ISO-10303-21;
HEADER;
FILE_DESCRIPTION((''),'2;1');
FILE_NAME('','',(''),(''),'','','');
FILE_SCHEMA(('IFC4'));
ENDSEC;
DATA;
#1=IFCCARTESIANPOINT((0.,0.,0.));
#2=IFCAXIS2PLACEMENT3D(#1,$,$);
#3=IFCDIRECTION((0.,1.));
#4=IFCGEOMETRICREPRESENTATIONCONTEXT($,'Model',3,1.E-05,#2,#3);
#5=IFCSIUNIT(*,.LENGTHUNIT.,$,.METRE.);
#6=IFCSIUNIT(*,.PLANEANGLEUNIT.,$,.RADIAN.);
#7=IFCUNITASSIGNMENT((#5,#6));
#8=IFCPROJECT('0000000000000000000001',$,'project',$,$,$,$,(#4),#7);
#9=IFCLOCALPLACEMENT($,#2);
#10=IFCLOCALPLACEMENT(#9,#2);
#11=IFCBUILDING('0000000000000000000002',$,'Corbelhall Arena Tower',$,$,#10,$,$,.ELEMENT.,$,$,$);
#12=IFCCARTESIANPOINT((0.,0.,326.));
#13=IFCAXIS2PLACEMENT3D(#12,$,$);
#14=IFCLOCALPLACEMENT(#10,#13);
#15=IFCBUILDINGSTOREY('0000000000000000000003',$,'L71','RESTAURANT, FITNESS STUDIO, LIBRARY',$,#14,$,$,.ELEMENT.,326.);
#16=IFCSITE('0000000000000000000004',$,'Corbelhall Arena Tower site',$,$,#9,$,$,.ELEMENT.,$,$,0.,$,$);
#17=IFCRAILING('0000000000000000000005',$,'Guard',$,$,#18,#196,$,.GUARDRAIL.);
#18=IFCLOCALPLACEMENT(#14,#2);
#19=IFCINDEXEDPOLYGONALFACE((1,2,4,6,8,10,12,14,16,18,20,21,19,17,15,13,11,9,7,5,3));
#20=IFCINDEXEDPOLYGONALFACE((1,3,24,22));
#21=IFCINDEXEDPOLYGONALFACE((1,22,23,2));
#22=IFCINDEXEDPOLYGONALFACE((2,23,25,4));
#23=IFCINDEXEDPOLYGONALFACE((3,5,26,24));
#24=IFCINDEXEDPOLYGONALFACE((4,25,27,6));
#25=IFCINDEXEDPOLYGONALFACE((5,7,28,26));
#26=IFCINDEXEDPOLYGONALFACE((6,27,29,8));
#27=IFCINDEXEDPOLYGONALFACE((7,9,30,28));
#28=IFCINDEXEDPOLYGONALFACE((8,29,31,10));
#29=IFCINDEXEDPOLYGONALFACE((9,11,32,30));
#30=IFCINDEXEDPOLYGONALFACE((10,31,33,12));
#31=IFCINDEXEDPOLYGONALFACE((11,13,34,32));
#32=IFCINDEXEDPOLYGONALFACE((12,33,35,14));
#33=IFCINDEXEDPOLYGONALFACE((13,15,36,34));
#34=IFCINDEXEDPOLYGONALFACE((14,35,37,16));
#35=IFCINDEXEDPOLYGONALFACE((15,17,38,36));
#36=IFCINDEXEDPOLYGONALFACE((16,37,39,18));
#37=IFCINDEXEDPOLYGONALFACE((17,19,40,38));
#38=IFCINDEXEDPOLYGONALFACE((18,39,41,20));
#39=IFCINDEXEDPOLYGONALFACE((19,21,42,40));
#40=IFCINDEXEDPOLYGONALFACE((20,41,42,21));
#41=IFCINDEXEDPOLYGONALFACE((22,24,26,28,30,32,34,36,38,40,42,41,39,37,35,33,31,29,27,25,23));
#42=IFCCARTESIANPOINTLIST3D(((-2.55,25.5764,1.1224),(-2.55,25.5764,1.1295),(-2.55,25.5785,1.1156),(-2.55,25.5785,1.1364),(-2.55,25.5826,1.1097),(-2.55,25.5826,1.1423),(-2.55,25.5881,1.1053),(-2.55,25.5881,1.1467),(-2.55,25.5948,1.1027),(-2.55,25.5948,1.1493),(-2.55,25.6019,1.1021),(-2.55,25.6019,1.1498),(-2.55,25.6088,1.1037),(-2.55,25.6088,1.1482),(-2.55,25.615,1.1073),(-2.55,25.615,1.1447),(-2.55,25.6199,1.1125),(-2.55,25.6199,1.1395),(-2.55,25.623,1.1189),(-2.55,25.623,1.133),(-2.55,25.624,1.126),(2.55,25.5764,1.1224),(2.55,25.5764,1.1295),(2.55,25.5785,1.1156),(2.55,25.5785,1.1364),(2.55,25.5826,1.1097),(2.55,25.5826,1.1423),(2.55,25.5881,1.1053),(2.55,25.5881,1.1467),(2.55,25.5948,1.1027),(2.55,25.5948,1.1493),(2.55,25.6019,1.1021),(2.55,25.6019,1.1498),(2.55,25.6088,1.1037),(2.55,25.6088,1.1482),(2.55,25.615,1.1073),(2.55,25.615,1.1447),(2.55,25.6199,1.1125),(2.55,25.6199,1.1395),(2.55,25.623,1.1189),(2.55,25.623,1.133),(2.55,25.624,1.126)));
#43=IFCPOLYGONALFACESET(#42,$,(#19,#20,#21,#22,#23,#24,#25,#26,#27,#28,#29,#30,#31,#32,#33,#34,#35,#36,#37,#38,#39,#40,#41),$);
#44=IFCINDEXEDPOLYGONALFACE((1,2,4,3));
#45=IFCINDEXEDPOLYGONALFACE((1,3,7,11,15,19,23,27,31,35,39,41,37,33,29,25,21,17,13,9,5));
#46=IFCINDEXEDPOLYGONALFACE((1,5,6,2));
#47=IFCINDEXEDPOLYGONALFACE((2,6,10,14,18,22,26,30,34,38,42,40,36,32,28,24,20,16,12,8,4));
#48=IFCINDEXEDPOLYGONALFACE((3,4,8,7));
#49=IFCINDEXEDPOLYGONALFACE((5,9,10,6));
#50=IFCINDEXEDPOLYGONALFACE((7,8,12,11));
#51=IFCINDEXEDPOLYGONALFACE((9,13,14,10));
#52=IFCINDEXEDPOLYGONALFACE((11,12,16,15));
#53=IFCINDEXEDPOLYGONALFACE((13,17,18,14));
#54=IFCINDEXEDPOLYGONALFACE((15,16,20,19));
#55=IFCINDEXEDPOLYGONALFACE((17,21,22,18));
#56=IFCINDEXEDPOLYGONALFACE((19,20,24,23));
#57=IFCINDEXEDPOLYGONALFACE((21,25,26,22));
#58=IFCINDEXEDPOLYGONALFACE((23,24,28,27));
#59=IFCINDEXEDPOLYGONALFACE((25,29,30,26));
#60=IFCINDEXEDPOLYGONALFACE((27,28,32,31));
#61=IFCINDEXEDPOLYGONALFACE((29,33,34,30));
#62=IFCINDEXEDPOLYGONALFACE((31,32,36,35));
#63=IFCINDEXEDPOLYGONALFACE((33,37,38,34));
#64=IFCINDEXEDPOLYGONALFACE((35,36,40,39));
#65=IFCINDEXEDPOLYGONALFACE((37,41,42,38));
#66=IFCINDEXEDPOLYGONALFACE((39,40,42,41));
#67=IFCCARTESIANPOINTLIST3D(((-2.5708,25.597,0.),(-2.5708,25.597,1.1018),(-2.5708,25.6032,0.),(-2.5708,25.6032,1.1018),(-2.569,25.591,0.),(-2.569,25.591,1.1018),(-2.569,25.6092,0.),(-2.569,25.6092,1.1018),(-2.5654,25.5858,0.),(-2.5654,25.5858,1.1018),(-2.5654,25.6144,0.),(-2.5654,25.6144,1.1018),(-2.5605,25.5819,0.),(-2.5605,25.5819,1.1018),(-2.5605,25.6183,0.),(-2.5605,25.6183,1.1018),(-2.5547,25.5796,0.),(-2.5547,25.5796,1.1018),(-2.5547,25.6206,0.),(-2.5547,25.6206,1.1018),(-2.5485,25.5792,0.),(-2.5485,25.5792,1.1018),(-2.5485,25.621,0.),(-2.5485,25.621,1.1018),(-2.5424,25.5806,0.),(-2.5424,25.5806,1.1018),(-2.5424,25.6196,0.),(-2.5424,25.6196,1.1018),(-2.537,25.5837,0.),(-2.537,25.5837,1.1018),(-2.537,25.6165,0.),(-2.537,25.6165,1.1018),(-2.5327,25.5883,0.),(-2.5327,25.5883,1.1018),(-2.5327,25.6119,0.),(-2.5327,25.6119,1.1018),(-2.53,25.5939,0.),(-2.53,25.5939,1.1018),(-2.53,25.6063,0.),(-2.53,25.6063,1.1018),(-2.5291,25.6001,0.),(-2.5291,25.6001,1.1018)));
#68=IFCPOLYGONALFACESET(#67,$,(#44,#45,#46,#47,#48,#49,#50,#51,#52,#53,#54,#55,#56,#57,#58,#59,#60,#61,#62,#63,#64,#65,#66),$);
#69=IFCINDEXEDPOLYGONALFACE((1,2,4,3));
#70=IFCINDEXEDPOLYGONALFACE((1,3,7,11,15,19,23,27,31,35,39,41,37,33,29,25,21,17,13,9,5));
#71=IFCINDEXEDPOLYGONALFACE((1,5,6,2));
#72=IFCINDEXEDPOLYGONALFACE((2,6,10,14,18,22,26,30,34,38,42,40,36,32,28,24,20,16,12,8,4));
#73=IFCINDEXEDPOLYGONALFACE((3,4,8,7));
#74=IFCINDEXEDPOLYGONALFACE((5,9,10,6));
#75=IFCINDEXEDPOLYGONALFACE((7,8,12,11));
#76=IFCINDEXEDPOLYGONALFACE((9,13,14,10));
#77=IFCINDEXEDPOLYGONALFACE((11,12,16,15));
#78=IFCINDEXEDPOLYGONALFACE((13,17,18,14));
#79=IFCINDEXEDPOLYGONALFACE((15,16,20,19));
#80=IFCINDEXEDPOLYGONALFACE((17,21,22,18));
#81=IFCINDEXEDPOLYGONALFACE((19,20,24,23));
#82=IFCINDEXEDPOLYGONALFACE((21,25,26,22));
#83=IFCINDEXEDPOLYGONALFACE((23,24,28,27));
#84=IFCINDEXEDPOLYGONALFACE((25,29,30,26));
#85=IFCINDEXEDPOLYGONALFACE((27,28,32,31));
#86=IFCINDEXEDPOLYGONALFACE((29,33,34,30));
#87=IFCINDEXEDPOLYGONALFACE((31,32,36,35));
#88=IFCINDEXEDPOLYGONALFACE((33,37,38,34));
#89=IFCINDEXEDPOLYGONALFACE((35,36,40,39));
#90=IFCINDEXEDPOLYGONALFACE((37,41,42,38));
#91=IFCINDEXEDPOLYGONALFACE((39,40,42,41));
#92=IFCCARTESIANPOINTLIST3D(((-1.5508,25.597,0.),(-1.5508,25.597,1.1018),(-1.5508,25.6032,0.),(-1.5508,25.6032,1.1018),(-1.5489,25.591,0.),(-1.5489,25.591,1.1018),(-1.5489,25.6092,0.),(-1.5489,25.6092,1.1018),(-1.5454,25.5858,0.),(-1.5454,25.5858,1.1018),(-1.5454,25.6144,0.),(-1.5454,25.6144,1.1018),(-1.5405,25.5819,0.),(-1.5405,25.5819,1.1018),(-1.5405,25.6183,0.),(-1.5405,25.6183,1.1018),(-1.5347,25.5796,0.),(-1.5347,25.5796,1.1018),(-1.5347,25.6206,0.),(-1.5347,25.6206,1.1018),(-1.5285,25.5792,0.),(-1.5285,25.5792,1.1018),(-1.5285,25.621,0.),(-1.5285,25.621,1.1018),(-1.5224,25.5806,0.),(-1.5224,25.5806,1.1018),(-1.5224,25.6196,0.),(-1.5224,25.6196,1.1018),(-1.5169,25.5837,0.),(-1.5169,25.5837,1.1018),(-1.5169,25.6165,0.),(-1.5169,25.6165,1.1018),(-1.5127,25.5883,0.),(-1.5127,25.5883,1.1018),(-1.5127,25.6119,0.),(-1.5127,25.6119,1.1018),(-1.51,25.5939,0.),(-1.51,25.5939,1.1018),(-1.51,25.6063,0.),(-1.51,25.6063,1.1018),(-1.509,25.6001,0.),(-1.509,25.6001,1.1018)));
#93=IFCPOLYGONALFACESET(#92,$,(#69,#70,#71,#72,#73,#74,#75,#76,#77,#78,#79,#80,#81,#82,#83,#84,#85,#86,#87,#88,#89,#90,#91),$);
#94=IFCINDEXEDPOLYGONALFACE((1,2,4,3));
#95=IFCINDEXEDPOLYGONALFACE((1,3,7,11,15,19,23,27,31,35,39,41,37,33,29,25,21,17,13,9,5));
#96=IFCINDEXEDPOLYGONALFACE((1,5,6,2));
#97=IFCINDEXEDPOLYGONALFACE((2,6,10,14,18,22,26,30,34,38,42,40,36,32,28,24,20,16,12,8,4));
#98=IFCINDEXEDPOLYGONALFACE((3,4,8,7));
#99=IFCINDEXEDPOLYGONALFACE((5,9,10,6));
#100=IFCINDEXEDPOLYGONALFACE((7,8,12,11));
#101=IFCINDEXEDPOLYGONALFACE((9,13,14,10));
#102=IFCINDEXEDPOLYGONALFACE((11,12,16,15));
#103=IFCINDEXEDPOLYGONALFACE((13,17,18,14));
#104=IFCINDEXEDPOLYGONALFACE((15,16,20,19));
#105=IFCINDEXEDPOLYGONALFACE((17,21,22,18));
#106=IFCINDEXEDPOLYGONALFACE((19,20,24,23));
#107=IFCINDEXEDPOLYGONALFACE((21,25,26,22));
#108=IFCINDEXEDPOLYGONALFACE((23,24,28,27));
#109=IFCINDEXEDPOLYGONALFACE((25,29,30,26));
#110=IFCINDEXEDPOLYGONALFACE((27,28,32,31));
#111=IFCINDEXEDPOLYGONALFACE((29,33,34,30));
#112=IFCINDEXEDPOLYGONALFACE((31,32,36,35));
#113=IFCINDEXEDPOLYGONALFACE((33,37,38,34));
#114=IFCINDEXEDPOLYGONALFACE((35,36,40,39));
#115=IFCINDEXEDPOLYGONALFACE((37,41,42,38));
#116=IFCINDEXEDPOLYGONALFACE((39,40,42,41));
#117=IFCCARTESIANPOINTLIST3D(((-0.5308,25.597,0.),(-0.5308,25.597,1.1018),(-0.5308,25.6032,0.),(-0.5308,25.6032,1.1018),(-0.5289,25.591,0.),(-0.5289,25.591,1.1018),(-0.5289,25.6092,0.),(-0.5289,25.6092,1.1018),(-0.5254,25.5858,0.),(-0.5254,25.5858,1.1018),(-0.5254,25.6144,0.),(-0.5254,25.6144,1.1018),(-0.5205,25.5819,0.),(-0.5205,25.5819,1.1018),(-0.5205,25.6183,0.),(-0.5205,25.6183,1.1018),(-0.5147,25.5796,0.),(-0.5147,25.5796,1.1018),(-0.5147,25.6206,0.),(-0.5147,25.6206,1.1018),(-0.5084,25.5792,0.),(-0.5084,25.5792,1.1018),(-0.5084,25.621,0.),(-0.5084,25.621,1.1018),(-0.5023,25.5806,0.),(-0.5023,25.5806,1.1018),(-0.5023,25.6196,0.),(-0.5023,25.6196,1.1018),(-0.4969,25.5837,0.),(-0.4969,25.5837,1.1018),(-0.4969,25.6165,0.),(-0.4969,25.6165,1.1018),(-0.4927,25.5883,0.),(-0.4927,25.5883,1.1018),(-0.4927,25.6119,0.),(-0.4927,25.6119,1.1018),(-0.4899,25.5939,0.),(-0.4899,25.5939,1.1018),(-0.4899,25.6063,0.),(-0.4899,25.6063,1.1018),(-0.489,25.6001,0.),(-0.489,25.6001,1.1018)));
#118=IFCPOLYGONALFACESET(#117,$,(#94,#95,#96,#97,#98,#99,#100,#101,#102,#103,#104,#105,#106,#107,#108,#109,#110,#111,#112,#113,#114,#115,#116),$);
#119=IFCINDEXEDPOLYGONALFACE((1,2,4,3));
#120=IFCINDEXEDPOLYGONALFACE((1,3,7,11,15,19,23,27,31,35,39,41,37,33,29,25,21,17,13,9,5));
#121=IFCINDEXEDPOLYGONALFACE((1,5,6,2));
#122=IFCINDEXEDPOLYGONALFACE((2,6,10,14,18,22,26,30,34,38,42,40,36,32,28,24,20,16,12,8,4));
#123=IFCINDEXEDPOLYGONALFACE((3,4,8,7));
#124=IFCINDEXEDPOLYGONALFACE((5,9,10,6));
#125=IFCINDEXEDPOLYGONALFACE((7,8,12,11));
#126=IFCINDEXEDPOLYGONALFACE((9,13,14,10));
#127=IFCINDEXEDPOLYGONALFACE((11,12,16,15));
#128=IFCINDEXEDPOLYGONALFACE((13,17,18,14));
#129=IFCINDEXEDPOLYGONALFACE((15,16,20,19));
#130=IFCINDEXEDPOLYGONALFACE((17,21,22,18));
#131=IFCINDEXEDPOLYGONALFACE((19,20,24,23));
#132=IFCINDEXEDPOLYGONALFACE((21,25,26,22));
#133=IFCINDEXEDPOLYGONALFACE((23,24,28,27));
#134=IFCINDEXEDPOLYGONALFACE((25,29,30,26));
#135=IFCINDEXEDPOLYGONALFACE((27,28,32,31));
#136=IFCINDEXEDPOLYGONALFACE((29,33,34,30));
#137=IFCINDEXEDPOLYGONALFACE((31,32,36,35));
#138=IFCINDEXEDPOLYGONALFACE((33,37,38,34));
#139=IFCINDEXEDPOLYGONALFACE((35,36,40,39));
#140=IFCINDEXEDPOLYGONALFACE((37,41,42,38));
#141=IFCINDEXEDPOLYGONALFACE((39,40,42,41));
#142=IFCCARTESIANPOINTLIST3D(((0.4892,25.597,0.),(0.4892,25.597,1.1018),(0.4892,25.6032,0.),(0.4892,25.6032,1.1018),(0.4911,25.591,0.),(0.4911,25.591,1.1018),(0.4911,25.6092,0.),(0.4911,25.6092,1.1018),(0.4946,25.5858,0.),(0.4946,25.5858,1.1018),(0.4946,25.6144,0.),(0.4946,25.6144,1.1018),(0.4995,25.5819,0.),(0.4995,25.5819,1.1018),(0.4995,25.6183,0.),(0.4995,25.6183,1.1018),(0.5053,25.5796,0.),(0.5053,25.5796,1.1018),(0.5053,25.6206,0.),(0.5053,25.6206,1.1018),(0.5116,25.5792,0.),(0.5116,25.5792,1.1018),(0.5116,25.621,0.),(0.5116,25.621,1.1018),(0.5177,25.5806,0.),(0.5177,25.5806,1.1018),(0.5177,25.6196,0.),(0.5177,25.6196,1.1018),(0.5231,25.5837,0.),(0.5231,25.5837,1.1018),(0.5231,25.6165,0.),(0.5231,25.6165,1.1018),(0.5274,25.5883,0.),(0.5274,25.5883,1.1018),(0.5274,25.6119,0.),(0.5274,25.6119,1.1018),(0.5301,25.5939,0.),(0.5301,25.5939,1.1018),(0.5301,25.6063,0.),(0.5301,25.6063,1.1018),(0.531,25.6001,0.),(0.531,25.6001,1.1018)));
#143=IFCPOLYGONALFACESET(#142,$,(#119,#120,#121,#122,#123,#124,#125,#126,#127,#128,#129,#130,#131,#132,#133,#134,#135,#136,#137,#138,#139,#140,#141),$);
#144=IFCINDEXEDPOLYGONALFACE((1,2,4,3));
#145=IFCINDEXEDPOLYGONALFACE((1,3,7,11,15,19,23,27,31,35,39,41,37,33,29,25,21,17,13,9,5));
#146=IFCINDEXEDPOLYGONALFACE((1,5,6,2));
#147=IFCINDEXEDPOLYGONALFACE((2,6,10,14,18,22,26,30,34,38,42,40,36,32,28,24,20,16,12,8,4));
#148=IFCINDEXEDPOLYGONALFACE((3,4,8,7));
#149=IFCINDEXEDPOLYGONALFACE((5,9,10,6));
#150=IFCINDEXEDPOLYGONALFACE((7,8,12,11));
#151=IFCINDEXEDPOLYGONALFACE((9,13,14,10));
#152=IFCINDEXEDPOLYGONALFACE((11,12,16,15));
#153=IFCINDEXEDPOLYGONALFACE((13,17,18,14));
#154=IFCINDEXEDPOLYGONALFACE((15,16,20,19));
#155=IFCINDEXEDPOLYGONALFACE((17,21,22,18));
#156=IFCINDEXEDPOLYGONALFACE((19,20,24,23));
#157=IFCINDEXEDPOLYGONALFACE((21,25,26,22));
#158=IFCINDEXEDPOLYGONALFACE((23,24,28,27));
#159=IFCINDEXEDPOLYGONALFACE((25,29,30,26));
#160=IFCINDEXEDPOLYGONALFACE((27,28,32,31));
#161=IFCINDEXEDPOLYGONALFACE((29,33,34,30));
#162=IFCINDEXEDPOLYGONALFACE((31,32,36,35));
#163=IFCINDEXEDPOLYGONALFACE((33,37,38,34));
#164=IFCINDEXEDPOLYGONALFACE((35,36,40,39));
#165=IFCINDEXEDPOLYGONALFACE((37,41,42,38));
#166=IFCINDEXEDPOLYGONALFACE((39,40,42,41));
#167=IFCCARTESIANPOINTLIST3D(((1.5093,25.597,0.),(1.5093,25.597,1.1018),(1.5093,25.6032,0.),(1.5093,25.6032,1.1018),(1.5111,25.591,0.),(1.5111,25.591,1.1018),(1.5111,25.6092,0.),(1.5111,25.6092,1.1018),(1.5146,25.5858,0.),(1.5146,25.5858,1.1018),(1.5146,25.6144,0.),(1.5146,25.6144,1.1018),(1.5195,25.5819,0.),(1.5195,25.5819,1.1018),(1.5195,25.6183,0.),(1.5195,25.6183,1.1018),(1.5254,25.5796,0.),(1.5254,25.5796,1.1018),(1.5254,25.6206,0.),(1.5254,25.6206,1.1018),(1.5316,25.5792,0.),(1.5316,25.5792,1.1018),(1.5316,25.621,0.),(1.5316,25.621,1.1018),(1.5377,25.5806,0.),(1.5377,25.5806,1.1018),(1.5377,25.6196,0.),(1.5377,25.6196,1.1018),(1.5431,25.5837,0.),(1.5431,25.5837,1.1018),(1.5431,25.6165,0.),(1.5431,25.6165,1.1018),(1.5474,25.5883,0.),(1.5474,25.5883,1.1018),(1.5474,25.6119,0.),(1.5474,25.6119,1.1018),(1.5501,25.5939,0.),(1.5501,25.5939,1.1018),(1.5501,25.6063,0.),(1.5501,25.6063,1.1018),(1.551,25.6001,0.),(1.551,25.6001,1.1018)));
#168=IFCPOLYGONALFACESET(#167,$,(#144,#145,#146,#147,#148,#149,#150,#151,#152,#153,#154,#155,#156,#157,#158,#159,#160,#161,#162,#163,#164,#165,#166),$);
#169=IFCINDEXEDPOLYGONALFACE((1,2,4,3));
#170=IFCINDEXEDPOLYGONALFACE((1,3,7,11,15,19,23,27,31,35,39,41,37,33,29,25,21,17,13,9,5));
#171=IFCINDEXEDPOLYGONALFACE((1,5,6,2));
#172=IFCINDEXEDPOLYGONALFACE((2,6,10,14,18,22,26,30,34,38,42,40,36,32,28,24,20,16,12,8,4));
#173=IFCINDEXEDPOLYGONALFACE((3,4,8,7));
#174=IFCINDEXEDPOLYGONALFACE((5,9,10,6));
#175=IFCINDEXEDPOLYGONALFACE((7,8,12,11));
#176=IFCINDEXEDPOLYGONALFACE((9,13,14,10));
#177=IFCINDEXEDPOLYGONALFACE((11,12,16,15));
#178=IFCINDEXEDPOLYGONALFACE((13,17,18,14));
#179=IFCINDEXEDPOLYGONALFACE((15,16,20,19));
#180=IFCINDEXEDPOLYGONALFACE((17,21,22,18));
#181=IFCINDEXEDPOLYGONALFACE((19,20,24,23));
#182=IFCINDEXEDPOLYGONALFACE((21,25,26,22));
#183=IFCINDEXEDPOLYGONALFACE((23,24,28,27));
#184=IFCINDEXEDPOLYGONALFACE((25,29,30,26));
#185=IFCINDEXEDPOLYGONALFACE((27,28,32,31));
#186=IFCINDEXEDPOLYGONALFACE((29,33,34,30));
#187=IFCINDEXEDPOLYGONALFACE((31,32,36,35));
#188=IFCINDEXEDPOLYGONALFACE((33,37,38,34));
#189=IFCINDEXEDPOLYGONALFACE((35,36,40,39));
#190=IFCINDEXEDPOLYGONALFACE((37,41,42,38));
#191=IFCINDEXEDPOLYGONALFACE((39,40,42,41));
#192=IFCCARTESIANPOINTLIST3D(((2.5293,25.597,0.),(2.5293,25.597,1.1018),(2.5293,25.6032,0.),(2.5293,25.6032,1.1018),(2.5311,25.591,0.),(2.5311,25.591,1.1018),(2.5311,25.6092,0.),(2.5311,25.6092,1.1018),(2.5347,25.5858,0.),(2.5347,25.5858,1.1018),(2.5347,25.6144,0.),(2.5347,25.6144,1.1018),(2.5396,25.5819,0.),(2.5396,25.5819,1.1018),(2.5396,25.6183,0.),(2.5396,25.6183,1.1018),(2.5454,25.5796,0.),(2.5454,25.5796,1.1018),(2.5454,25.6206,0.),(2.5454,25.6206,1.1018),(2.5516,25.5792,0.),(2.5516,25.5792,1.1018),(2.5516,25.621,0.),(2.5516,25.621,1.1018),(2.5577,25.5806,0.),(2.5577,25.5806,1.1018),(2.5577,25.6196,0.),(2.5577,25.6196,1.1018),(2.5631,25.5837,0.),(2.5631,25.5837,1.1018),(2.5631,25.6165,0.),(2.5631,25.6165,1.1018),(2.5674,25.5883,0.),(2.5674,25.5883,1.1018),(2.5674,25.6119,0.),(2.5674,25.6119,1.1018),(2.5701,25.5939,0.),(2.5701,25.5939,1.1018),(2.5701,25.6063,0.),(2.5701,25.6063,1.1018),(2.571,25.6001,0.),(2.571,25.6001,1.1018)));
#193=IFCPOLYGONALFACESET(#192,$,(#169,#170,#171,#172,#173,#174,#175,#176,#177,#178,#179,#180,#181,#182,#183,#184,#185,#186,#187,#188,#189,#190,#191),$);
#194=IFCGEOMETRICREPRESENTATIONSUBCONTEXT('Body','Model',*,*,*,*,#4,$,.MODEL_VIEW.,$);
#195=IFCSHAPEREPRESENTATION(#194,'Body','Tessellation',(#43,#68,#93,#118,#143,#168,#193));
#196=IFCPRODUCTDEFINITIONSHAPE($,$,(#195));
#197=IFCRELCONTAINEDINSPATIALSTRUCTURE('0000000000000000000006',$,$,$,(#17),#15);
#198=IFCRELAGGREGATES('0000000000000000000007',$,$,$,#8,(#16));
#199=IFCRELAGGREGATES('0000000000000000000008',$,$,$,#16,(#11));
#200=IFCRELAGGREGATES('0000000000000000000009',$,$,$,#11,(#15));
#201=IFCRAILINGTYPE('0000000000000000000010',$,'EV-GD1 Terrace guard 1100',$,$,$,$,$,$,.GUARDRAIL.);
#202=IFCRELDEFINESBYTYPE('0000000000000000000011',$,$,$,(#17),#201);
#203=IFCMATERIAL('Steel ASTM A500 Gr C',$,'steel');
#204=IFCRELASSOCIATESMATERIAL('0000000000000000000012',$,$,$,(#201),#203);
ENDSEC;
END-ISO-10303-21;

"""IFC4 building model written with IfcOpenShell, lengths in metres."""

from ifc_helpers import new_model, si_unit, direction, frame, origin, origin_2d, place, context, subcontext, project, spatial, circle, extrude, material, type_object, element, save


model = new_model("IFC4")

# Units and contexts
model_context = context("Model", 3, precision=1e-05, world=origin(), true_north=direction((0.0, 1.0)))
body_context = subcontext(model_context, "Body", "Model", "MODEL_VIEW")
ifc_project = project(units=[si_unit("LENGTHUNIT", "METRE"), si_unit("PLANEANGLEUNIT", "RADIAN")], contexts=[model_context])

# Site, building, storey
site_placement = place(None, origin())
site = spatial("IfcSite", under=ifc_project, at=site_placement, Name="Corbelhall Arena Tower site", CompositionType="ELEMENT", RefElevation=0.0)
building_placement = place(site_placement, origin())
building = spatial("IfcBuilding", under=site, at=building_placement, Name="Corbelhall Arena Tower", CompositionType="ELEMENT")
storey_placement = place(building_placement, frame((0.0, 0.0, 326.0)))
storey = spatial("IfcBuildingStorey", under=building, at=storey_placement, Name="L71", Description="RESTAURANT, FITNESS STUDIO, LIBRARY", CompositionType="ELEMENT", Elevation=326.0)

# Railing
ifc_material_1 = material(Name="Steel ASTM A500 Gr C", Category="steel")
railing_type = type_object("IfcRailingType", Name="EV-GD1 Terrace guard 1100", PredefinedType="GUARDRAIL", material=ifc_material_1)
railing_placement = place(storey_placement, frame((-2.55, 25.6001, 0.0)))
element("IfcRailing", 1, at=railing_placement, inside=storey, type_object=railing_type, Name="Guard", PredefinedType="GUARDRAIL", context=body_context, shape_type="SweptSolid", body=[
    extrude(circle(Radius=0.0239, at=origin_2d()), frame((0.0, 0.0, 1.126), z_axis=(1.0, 0.0, 0.0), x_axis=(0.0, 1.0, 0.0)), (0.0, 0.0, 1.0), 5.1001),
    extrude(circle(Radius=0.021, at=origin_2d()), origin(), (0.0, 0.0, 1.0), 1.1018),
    extrude(circle(Radius=0.021, at=origin_2d()), frame((1.02, 0.0, 0.0)), (0.0, 0.0, 1.0), 1.1018),
    extrude(circle(Radius=0.021, at=origin_2d()), frame((2.04, 0.0, 0.0)), (0.0, 0.0, 1.0), 1.1018),
    extrude(circle(Radius=0.021, at=origin_2d()), frame((3.0601, 0.0, 0.0)), (0.0, 0.0, 1.0), 1.1018),
    extrude(circle(Radius=0.021, at=origin_2d()), frame((4.0801, 0.0, 0.0)), (0.0, 0.0, 1.0), 1.1018),
    extrude(circle(Radius=0.021, at=origin_2d()), frame((5.1001, 0.0, 0.0)), (0.0, 0.0, 1.0), 1.1018),
])

save(model, "model.ifc")
